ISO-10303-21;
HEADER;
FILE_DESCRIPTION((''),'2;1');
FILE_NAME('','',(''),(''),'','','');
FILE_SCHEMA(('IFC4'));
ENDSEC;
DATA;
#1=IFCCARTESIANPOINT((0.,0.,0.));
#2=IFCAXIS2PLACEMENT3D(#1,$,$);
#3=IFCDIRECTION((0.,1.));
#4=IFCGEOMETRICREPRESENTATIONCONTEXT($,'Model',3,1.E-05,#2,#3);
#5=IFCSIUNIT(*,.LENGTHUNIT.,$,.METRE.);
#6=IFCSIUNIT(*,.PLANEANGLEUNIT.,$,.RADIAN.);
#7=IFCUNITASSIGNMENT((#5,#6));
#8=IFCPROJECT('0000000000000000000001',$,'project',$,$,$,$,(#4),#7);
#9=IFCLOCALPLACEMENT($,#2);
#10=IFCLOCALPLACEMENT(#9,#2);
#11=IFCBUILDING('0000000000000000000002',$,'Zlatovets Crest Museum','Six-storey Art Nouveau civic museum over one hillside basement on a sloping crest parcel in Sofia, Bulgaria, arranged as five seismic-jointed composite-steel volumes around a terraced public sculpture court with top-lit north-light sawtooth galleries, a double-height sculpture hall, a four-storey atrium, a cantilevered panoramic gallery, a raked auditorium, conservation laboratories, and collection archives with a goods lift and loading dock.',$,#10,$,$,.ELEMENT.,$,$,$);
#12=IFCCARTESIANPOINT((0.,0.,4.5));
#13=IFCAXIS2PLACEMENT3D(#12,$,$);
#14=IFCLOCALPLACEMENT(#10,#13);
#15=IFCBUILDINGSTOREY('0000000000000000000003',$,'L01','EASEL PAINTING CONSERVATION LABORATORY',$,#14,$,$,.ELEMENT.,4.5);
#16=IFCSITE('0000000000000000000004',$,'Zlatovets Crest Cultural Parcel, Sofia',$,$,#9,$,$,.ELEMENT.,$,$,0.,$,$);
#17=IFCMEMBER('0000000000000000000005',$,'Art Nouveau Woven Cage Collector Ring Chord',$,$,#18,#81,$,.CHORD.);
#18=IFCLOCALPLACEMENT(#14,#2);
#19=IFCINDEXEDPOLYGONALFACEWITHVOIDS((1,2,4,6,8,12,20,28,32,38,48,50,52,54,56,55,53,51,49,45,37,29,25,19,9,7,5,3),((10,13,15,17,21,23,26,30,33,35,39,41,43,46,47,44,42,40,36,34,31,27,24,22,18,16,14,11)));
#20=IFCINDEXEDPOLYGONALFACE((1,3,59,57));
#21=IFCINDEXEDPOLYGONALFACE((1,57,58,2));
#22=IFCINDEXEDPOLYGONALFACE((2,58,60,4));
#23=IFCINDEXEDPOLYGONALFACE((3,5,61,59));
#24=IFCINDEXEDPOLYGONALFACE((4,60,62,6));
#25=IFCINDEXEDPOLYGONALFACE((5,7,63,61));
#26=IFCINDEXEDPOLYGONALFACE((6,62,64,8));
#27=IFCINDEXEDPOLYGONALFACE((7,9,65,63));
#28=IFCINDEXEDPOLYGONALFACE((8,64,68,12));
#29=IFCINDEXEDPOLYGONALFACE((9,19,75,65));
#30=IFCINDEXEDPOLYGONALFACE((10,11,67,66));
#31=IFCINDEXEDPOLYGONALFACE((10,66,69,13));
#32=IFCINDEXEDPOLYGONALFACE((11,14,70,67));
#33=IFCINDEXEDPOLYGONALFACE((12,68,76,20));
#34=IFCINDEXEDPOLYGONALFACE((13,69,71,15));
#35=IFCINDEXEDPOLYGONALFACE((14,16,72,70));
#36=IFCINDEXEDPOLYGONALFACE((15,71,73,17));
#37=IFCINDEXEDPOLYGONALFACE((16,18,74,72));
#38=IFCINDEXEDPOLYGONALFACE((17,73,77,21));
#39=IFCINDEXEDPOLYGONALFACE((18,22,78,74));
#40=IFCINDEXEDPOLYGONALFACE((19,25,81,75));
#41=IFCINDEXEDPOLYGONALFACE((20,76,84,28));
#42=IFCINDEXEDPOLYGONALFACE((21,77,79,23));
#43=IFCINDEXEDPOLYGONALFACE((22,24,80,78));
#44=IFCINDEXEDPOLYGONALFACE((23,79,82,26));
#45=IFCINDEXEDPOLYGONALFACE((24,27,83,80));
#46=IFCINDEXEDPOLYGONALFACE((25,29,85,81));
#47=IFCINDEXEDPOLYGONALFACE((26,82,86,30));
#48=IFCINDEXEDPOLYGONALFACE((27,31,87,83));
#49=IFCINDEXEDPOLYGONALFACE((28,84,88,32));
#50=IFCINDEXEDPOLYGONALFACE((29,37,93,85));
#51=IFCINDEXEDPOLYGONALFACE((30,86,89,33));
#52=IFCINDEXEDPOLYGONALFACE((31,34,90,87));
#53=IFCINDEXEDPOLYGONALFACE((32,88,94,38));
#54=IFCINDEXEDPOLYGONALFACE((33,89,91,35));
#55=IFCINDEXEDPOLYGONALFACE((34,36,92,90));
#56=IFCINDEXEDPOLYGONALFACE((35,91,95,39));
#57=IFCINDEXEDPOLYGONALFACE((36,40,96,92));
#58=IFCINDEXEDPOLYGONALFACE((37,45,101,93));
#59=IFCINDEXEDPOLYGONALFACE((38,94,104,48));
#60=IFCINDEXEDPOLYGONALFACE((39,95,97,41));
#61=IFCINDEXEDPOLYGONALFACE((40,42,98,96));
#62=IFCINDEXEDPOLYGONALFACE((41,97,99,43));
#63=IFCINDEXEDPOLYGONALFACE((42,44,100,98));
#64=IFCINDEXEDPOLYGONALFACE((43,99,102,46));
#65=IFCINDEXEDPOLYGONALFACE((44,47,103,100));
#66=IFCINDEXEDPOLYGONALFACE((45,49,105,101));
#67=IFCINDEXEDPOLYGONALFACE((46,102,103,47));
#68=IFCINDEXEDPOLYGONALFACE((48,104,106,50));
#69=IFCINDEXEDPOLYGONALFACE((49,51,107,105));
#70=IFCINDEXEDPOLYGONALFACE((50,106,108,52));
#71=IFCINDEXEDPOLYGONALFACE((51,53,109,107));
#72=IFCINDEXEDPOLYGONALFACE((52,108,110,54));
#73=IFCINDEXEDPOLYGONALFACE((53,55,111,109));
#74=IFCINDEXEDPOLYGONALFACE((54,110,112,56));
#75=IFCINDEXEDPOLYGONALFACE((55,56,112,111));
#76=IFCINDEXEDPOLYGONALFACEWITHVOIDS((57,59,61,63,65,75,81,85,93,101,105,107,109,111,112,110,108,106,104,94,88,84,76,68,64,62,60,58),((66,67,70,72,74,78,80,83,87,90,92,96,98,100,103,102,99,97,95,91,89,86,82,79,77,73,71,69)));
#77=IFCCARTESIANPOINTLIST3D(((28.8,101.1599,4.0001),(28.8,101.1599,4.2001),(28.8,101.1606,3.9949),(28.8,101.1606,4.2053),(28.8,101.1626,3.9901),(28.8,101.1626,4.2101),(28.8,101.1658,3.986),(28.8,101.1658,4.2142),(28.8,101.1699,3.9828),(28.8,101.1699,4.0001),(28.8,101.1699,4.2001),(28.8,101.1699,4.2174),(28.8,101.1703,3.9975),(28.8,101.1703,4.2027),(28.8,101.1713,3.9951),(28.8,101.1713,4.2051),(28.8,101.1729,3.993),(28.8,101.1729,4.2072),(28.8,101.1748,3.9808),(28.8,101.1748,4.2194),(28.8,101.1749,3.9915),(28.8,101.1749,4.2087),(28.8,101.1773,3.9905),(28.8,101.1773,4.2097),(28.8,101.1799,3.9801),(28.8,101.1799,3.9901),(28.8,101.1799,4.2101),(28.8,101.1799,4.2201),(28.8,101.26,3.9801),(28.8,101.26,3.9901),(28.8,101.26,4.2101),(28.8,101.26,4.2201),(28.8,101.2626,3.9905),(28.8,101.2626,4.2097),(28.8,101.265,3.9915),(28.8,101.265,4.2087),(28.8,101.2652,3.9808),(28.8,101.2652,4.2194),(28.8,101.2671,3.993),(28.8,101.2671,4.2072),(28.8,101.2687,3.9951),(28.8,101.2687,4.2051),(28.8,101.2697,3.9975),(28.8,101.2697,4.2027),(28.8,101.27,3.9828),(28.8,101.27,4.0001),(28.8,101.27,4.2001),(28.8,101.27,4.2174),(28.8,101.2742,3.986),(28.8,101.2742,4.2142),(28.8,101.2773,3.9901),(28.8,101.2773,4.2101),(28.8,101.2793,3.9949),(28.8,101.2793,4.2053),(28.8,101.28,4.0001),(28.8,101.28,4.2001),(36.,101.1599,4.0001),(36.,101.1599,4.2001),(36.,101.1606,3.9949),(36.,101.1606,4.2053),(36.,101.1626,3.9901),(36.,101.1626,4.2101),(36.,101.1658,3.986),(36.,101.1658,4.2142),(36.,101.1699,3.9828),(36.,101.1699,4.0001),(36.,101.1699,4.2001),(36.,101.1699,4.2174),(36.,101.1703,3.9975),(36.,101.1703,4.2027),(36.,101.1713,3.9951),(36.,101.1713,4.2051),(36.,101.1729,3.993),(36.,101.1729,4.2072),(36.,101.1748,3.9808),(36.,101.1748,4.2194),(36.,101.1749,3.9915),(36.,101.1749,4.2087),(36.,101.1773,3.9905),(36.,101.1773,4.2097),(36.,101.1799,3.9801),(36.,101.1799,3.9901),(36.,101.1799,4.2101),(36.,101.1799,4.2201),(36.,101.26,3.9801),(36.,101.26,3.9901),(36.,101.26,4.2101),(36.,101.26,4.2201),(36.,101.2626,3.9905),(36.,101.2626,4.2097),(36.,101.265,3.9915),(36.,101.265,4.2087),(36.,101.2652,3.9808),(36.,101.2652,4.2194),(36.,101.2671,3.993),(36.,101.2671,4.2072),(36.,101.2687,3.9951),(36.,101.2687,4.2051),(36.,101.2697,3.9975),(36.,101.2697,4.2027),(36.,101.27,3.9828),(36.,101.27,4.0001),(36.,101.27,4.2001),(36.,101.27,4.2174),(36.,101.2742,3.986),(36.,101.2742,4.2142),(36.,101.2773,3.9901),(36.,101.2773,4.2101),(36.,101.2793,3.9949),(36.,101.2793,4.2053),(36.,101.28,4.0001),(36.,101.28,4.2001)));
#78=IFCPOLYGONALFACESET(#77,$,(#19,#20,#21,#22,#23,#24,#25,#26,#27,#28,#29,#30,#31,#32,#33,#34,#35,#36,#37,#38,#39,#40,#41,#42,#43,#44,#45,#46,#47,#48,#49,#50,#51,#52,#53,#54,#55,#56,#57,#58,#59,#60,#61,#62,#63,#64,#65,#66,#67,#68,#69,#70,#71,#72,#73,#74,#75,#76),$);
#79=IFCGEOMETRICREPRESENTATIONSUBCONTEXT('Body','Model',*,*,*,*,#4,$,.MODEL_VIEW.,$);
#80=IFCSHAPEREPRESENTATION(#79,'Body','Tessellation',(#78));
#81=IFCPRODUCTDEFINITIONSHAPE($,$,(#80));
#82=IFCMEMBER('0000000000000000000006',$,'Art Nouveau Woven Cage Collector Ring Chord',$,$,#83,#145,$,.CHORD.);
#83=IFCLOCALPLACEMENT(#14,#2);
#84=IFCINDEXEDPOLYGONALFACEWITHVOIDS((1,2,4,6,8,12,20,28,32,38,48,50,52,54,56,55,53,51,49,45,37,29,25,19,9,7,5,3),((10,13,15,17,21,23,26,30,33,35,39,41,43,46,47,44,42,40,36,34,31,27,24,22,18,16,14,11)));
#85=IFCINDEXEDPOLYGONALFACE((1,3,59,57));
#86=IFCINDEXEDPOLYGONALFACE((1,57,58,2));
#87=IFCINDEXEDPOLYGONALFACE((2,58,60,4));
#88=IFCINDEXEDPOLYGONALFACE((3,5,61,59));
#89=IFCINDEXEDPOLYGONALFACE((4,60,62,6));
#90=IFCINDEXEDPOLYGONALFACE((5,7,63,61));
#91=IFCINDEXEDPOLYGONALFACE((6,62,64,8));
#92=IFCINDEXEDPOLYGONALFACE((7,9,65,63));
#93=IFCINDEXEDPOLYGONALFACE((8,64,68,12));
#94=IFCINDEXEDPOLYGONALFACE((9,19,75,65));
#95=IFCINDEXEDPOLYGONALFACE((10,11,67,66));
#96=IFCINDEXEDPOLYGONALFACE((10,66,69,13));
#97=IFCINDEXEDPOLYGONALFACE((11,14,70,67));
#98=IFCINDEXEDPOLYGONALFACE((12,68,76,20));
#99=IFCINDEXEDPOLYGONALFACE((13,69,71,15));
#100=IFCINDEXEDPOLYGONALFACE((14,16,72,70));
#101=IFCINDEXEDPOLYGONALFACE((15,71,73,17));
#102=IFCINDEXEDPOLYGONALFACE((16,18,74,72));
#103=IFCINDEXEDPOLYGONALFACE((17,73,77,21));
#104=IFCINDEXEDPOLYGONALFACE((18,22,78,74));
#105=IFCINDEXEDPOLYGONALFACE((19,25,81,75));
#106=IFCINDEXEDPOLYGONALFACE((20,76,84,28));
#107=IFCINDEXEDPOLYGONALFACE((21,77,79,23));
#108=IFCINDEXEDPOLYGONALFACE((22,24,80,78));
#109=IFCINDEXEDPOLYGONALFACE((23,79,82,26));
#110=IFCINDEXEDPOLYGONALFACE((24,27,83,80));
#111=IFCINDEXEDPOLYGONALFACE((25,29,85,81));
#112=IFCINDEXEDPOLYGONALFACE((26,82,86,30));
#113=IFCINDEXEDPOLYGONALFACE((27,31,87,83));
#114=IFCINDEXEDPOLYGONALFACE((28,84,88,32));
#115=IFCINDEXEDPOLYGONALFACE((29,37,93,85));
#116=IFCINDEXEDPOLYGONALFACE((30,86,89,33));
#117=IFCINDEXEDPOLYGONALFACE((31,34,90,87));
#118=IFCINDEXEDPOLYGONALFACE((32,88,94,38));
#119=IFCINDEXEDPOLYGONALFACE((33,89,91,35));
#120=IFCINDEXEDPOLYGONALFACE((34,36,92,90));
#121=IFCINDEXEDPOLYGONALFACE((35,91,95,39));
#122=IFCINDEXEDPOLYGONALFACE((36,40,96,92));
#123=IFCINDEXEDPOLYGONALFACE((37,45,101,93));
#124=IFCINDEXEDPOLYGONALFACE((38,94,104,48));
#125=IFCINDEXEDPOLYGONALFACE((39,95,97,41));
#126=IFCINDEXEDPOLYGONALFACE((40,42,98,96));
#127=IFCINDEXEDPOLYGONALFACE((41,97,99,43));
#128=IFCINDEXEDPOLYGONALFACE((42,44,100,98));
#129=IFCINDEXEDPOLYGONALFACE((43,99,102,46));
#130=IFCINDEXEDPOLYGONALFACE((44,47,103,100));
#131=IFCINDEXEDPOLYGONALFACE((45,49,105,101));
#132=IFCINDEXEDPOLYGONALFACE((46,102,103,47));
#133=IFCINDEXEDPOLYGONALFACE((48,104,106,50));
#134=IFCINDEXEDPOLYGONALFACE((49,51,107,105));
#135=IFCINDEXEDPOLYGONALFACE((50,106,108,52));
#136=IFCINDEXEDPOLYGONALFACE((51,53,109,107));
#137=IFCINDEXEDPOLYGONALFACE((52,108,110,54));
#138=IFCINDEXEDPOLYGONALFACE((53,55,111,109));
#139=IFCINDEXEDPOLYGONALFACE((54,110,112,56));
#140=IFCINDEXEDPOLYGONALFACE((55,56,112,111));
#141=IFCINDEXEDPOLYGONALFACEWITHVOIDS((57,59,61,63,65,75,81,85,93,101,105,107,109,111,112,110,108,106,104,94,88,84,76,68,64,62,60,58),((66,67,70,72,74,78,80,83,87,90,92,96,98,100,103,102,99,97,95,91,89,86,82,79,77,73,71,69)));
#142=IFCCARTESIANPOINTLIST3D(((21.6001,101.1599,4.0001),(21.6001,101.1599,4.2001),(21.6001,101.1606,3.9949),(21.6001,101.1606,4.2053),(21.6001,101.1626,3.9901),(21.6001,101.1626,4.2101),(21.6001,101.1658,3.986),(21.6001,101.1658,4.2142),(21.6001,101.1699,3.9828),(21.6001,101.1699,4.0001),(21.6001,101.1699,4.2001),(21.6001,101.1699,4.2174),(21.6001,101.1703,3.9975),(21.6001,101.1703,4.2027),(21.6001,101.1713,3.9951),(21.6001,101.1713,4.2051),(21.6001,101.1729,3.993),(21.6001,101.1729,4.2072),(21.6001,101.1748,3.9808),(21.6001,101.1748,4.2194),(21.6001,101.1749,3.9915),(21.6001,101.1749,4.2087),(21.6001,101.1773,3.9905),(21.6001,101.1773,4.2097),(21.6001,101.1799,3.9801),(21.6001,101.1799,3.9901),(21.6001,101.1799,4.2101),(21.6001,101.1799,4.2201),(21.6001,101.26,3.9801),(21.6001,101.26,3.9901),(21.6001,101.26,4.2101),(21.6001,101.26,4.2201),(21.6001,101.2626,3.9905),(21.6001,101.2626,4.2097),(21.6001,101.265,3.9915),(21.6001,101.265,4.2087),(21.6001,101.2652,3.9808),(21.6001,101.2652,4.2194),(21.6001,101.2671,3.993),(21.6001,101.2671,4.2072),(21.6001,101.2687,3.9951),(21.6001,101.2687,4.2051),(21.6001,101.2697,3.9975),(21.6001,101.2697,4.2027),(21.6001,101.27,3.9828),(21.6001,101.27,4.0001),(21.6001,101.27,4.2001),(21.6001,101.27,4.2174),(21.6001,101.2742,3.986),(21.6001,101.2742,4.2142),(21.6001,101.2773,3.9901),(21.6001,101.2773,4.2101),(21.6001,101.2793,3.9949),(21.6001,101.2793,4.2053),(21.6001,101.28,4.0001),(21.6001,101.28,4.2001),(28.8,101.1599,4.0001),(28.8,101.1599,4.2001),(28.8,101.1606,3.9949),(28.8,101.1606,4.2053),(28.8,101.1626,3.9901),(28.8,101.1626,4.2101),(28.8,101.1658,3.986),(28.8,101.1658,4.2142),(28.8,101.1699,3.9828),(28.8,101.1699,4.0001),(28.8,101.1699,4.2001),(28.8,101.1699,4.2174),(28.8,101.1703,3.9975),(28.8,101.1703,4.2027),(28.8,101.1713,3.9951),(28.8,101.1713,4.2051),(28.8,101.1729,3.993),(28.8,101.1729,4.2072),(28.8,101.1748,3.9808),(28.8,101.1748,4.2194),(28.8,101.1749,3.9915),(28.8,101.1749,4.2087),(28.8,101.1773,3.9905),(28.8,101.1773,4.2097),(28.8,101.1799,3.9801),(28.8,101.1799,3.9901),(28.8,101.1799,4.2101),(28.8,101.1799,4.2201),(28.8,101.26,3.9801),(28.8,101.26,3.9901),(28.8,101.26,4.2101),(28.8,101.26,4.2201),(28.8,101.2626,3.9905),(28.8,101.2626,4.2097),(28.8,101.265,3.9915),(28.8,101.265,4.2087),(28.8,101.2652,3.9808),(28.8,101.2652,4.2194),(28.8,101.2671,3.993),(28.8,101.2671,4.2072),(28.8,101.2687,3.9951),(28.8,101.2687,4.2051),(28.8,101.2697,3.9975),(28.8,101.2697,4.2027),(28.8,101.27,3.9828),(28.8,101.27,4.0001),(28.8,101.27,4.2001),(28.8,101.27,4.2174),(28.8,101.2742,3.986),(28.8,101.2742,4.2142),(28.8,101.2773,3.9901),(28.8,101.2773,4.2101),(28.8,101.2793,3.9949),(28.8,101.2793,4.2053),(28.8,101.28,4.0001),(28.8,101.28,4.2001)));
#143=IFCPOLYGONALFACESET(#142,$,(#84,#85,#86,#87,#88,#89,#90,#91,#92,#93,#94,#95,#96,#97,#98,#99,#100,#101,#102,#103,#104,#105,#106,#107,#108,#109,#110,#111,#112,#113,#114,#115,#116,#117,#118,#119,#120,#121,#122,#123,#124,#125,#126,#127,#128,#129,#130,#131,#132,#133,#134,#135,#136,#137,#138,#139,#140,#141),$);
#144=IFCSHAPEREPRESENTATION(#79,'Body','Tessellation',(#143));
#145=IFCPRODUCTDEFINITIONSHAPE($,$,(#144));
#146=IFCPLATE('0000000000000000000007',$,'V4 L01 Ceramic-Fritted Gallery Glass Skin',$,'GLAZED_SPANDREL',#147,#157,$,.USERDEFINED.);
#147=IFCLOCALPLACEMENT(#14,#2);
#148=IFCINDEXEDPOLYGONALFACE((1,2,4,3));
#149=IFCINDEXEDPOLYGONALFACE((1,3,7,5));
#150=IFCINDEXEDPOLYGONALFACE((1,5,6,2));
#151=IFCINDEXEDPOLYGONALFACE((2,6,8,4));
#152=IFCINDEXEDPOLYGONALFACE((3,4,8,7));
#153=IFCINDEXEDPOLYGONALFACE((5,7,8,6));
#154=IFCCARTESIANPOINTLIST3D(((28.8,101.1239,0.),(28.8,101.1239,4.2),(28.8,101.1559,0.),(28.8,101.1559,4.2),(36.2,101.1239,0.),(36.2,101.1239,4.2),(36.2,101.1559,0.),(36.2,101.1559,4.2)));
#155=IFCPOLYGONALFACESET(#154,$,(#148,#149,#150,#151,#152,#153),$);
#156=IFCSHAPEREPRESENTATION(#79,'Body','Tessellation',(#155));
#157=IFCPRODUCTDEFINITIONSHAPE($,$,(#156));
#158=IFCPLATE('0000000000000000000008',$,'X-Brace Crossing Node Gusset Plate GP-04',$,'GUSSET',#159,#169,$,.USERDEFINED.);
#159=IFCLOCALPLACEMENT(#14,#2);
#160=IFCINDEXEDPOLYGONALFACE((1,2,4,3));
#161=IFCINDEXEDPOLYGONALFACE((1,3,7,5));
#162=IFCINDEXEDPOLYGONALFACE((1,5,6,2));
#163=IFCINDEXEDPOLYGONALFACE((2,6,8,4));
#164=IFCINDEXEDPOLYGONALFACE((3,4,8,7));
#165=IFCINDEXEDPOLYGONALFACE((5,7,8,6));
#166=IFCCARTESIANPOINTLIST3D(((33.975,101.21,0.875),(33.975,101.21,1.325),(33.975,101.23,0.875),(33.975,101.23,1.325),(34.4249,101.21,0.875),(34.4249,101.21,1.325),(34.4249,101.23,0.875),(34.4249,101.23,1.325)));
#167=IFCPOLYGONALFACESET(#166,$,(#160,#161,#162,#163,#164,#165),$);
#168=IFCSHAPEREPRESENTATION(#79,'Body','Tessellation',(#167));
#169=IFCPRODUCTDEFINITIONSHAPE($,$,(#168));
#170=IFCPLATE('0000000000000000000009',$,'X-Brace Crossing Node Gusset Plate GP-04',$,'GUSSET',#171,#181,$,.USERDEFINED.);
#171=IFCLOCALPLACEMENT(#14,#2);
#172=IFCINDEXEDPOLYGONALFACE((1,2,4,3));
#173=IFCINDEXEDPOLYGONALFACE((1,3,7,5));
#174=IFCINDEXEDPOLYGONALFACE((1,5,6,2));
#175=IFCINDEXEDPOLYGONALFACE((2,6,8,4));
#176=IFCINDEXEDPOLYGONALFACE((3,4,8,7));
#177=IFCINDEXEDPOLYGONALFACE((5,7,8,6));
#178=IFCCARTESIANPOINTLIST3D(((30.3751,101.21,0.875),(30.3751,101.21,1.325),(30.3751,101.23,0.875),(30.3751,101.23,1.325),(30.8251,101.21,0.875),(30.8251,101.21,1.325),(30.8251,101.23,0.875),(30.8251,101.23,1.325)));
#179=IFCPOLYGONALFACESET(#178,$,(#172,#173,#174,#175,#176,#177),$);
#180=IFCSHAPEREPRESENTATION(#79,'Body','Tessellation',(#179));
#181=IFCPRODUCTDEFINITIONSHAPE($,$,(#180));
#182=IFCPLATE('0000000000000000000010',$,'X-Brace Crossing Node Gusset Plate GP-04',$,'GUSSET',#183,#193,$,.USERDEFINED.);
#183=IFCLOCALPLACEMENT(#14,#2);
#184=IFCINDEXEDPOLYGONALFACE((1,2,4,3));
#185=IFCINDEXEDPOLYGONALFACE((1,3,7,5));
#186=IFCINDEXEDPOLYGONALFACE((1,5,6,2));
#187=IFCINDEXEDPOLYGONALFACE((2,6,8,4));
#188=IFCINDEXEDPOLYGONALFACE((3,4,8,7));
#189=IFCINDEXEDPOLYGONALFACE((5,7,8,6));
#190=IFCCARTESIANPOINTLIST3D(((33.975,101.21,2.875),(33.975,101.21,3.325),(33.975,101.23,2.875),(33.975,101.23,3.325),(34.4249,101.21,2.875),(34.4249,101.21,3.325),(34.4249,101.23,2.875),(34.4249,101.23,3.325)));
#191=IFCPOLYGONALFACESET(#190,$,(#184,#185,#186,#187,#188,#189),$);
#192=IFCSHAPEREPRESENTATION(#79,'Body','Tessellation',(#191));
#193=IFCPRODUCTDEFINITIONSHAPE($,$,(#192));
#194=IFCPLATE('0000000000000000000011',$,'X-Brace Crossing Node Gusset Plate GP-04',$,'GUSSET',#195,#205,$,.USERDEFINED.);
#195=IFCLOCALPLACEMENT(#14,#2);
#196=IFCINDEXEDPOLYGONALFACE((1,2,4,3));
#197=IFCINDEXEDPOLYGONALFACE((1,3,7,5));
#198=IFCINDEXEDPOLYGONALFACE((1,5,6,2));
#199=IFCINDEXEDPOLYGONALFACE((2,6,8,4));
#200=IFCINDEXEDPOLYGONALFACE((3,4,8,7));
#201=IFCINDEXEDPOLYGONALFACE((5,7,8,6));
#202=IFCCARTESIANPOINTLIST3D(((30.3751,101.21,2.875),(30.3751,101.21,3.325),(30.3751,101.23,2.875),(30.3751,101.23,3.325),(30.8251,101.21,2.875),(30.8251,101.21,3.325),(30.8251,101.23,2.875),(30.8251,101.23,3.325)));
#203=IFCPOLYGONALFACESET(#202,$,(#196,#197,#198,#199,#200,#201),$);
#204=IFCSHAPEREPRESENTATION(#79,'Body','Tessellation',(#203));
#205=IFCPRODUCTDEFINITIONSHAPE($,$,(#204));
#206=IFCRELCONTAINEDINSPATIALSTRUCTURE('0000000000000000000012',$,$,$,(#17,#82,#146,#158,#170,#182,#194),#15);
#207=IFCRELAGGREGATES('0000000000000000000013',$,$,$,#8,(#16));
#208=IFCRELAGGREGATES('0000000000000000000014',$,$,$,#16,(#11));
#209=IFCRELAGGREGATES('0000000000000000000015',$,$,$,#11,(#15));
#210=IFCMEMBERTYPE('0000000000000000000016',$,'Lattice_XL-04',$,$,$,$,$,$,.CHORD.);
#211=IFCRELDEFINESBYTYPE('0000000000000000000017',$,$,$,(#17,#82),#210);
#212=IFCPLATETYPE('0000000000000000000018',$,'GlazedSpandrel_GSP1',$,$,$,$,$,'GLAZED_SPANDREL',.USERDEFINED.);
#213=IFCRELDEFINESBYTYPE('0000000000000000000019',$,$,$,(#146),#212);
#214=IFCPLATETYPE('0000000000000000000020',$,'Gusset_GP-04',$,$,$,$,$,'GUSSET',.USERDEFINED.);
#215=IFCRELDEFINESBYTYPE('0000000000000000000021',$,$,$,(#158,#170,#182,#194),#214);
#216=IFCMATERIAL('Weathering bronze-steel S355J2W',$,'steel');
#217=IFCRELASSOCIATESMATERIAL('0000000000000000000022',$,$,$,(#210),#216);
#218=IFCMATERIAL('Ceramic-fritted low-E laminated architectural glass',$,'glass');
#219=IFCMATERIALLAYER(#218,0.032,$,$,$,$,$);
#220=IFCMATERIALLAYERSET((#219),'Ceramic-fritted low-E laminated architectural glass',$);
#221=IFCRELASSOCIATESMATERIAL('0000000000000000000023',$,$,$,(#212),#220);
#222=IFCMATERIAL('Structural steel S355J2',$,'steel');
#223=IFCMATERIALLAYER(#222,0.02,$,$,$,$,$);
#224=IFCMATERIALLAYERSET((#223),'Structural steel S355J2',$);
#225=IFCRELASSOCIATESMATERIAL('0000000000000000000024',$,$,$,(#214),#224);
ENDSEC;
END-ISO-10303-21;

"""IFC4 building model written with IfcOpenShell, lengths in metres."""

from ifc_helpers import new_model, si_unit, direction, frame, origin, origin_2d, place, context, subcontext, project, spatial, rectangle, hollow_rectangle, extrude, material, layer, layer_set, material_profile, profile_set, type_object, element, save


model = new_model("IFC4")

# Units and contexts
model_context = context("Model", 3, precision=1e-05, world=origin(), true_north=direction((0.0, 1.0)))
body_context = subcontext(model_context, "Body", "Model", "MODEL_VIEW")
ifc_project = project(units=[si_unit("LENGTHUNIT", "METRE"), si_unit("PLANEANGLEUNIT", "RADIAN")], contexts=[model_context])

# Site, building, storey
site_placement = place(None, origin())
site = spatial("IfcSite", under=ifc_project, at=site_placement, Name="Zlatovets Crest Cultural Parcel, Sofia", CompositionType="ELEMENT", RefElevation=0.0)
building_placement = place(site_placement, origin())
building = spatial("IfcBuilding", under=site, at=building_placement, Name="Zlatovets Crest Museum", Description="Six-storey Art Nouveau civic museum over one hillside basement on a sloping crest parcel in Sofia, Bulgaria, arranged as five seismic-jointed composite-steel volumes around a terraced public sculpture court with top-lit north-light sawtooth galleries, a double-height sculpture hall, a four-storey atrium, a cantilevered panoramic gallery, a raked auditorium, conservation laboratories, and collection archives with a goods lift and loading dock.", CompositionType="ELEMENT")
storey_placement = place(building_placement, frame((0.0, 0.0, 4.5)))
storey = spatial("IfcBuildingStorey", under=building, at=storey_placement, Name="L01", Description="EASEL PAINTING CONSERVATION LABORATORY", CompositionType="ELEMENT", Elevation=4.5)

# Shared definitions
ifc_material_1 = material(Name="Structural steel S355J2", Category="steel")

# Members
ifc_material_2 = material(Name="Weathering bronze-steel S355J2W", Category="steel")
ifc_material_profile_1 = material_profile(ifc_material_2, hollow_rectangle(XDim=0.1201, YDim=0.24, WallThickness=0.01, InnerFilletRadius=0.01, OuterFilletRadius=0.02, at=origin_2d()), Name="RHS 120x240x10.0")
ifc_profile_set_1 = profile_set([ifc_material_profile_1], Name="Weathering bronze-steel S355J2W")
member_type_1 = type_object("IfcMemberType", Name="Lattice_XL-04", PredefinedType="CHORD", material=ifc_profile_set_1)
for number, where, z_axis, x_axis, name in (
    (1, (36.0, 101.22, 4.1001), (-1.0, 0.0, 0.0), (0.0, -1.0, 0.0), "Art Nouveau Woven Cage Collector Ring Chord"),
    (2, (28.8, 101.22, 4.1001), (-1.0, 0.0, 0.0), (0.0, -1.0, 0.0), "Art Nouveau Woven Cage Collector Ring Chord"),
):
    element("IfcMember", number, at=place(storey_placement, frame(where, z_axis=z_axis, x_axis=x_axis)), inside=storey, type_object=member_type_1, Name=name, PredefinedType="CHORD", context=body_context, shape_type="SweptSolid", body=[
        extrude(hollow_rectangle(XDim=0.1201, YDim=0.24, WallThickness=0.01, InnerFilletRadius=0.01, OuterFilletRadius=0.02, at=origin_2d()), origin(), (0.0, 0.0, 1.0), 7.2),
    ])

# Plates
ifc_material_3 = material(Name="Ceramic-fritted low-E laminated architectural glass", Category="glass")
ifc_layer_1 = layer(ifc_material_3, 0.032)
ifc_layer_set_1 = layer_set([ifc_layer_1], Name="Ceramic-fritted low-E laminated architectural glass")
plate_type_1 = type_object("IfcPlateType", Name="GlazedSpandrel_GSP1", ElementType="GLAZED_SPANDREL", PredefinedType="USERDEFINED", material=ifc_layer_set_1)
plate_placement = place(storey_placement, frame((32.5, 101.1399, 0.0), z_axis=(0.0, 0.0, 1.0), x_axis=(1.0, 0.0, 0.0)))
element("IfcPlate", 3, at=plate_placement, inside=storey, type_object=plate_type_1, Name="V4 L01 Ceramic-Fritted Gallery Glass Skin", ObjectType="GLAZED_SPANDREL", PredefinedType="USERDEFINED", context=body_context, shape_type="SweptSolid", body=[
    extrude(rectangle(XDim=7.3999, YDim=0.032, at=origin_2d()), origin(), (0.0, 0.0, 1.0), 4.2),
])
ifc_layer_2 = layer(ifc_material_1, 0.02)
ifc_layer_set_2 = layer_set([ifc_layer_2], Name="Structural steel S355J2")
plate_type_2 = type_object("IfcPlateType", Name="Gusset_GP-04", ElementType="GUSSET", PredefinedType="USERDEFINED", material=ifc_layer_set_2)
for number, where, z_axis, x_axis, name in (
    (4, (34.2, 101.22, 0.875), (0.0, 0.0, 1.0), (1.0, 0.0, 0.0), "X-Brace Crossing Node Gusset Plate GP-04"),
    (5, (30.6001, 101.22, 0.875), (0.0, 0.0, 1.0), (1.0, 0.0, 0.0), "X-Brace Crossing Node Gusset Plate GP-04"),
    (6, (34.2, 101.22, 2.875), (0.0, 0.0, 1.0), (1.0, 0.0, 0.0), "X-Brace Crossing Node Gusset Plate GP-04"),
    (7, (30.6001, 101.22, 2.875), (0.0, 0.0, 1.0), (1.0, 0.0, 0.0), "X-Brace Crossing Node Gusset Plate GP-04"),
):
    element("IfcPlate", number, at=place(storey_placement, frame(where, z_axis=z_axis, x_axis=x_axis)), inside=storey, type_object=plate_type_2, Name=name, ObjectType="GUSSET", PredefinedType="USERDEFINED", context=body_context, shape_type="SweptSolid", body=[
        extrude(rectangle(XDim=0.45, YDim=0.02, at=origin_2d()), origin(), (0.0, 0.0, 1.0), 0.45),
    ])

save(model, "model.ifc")
